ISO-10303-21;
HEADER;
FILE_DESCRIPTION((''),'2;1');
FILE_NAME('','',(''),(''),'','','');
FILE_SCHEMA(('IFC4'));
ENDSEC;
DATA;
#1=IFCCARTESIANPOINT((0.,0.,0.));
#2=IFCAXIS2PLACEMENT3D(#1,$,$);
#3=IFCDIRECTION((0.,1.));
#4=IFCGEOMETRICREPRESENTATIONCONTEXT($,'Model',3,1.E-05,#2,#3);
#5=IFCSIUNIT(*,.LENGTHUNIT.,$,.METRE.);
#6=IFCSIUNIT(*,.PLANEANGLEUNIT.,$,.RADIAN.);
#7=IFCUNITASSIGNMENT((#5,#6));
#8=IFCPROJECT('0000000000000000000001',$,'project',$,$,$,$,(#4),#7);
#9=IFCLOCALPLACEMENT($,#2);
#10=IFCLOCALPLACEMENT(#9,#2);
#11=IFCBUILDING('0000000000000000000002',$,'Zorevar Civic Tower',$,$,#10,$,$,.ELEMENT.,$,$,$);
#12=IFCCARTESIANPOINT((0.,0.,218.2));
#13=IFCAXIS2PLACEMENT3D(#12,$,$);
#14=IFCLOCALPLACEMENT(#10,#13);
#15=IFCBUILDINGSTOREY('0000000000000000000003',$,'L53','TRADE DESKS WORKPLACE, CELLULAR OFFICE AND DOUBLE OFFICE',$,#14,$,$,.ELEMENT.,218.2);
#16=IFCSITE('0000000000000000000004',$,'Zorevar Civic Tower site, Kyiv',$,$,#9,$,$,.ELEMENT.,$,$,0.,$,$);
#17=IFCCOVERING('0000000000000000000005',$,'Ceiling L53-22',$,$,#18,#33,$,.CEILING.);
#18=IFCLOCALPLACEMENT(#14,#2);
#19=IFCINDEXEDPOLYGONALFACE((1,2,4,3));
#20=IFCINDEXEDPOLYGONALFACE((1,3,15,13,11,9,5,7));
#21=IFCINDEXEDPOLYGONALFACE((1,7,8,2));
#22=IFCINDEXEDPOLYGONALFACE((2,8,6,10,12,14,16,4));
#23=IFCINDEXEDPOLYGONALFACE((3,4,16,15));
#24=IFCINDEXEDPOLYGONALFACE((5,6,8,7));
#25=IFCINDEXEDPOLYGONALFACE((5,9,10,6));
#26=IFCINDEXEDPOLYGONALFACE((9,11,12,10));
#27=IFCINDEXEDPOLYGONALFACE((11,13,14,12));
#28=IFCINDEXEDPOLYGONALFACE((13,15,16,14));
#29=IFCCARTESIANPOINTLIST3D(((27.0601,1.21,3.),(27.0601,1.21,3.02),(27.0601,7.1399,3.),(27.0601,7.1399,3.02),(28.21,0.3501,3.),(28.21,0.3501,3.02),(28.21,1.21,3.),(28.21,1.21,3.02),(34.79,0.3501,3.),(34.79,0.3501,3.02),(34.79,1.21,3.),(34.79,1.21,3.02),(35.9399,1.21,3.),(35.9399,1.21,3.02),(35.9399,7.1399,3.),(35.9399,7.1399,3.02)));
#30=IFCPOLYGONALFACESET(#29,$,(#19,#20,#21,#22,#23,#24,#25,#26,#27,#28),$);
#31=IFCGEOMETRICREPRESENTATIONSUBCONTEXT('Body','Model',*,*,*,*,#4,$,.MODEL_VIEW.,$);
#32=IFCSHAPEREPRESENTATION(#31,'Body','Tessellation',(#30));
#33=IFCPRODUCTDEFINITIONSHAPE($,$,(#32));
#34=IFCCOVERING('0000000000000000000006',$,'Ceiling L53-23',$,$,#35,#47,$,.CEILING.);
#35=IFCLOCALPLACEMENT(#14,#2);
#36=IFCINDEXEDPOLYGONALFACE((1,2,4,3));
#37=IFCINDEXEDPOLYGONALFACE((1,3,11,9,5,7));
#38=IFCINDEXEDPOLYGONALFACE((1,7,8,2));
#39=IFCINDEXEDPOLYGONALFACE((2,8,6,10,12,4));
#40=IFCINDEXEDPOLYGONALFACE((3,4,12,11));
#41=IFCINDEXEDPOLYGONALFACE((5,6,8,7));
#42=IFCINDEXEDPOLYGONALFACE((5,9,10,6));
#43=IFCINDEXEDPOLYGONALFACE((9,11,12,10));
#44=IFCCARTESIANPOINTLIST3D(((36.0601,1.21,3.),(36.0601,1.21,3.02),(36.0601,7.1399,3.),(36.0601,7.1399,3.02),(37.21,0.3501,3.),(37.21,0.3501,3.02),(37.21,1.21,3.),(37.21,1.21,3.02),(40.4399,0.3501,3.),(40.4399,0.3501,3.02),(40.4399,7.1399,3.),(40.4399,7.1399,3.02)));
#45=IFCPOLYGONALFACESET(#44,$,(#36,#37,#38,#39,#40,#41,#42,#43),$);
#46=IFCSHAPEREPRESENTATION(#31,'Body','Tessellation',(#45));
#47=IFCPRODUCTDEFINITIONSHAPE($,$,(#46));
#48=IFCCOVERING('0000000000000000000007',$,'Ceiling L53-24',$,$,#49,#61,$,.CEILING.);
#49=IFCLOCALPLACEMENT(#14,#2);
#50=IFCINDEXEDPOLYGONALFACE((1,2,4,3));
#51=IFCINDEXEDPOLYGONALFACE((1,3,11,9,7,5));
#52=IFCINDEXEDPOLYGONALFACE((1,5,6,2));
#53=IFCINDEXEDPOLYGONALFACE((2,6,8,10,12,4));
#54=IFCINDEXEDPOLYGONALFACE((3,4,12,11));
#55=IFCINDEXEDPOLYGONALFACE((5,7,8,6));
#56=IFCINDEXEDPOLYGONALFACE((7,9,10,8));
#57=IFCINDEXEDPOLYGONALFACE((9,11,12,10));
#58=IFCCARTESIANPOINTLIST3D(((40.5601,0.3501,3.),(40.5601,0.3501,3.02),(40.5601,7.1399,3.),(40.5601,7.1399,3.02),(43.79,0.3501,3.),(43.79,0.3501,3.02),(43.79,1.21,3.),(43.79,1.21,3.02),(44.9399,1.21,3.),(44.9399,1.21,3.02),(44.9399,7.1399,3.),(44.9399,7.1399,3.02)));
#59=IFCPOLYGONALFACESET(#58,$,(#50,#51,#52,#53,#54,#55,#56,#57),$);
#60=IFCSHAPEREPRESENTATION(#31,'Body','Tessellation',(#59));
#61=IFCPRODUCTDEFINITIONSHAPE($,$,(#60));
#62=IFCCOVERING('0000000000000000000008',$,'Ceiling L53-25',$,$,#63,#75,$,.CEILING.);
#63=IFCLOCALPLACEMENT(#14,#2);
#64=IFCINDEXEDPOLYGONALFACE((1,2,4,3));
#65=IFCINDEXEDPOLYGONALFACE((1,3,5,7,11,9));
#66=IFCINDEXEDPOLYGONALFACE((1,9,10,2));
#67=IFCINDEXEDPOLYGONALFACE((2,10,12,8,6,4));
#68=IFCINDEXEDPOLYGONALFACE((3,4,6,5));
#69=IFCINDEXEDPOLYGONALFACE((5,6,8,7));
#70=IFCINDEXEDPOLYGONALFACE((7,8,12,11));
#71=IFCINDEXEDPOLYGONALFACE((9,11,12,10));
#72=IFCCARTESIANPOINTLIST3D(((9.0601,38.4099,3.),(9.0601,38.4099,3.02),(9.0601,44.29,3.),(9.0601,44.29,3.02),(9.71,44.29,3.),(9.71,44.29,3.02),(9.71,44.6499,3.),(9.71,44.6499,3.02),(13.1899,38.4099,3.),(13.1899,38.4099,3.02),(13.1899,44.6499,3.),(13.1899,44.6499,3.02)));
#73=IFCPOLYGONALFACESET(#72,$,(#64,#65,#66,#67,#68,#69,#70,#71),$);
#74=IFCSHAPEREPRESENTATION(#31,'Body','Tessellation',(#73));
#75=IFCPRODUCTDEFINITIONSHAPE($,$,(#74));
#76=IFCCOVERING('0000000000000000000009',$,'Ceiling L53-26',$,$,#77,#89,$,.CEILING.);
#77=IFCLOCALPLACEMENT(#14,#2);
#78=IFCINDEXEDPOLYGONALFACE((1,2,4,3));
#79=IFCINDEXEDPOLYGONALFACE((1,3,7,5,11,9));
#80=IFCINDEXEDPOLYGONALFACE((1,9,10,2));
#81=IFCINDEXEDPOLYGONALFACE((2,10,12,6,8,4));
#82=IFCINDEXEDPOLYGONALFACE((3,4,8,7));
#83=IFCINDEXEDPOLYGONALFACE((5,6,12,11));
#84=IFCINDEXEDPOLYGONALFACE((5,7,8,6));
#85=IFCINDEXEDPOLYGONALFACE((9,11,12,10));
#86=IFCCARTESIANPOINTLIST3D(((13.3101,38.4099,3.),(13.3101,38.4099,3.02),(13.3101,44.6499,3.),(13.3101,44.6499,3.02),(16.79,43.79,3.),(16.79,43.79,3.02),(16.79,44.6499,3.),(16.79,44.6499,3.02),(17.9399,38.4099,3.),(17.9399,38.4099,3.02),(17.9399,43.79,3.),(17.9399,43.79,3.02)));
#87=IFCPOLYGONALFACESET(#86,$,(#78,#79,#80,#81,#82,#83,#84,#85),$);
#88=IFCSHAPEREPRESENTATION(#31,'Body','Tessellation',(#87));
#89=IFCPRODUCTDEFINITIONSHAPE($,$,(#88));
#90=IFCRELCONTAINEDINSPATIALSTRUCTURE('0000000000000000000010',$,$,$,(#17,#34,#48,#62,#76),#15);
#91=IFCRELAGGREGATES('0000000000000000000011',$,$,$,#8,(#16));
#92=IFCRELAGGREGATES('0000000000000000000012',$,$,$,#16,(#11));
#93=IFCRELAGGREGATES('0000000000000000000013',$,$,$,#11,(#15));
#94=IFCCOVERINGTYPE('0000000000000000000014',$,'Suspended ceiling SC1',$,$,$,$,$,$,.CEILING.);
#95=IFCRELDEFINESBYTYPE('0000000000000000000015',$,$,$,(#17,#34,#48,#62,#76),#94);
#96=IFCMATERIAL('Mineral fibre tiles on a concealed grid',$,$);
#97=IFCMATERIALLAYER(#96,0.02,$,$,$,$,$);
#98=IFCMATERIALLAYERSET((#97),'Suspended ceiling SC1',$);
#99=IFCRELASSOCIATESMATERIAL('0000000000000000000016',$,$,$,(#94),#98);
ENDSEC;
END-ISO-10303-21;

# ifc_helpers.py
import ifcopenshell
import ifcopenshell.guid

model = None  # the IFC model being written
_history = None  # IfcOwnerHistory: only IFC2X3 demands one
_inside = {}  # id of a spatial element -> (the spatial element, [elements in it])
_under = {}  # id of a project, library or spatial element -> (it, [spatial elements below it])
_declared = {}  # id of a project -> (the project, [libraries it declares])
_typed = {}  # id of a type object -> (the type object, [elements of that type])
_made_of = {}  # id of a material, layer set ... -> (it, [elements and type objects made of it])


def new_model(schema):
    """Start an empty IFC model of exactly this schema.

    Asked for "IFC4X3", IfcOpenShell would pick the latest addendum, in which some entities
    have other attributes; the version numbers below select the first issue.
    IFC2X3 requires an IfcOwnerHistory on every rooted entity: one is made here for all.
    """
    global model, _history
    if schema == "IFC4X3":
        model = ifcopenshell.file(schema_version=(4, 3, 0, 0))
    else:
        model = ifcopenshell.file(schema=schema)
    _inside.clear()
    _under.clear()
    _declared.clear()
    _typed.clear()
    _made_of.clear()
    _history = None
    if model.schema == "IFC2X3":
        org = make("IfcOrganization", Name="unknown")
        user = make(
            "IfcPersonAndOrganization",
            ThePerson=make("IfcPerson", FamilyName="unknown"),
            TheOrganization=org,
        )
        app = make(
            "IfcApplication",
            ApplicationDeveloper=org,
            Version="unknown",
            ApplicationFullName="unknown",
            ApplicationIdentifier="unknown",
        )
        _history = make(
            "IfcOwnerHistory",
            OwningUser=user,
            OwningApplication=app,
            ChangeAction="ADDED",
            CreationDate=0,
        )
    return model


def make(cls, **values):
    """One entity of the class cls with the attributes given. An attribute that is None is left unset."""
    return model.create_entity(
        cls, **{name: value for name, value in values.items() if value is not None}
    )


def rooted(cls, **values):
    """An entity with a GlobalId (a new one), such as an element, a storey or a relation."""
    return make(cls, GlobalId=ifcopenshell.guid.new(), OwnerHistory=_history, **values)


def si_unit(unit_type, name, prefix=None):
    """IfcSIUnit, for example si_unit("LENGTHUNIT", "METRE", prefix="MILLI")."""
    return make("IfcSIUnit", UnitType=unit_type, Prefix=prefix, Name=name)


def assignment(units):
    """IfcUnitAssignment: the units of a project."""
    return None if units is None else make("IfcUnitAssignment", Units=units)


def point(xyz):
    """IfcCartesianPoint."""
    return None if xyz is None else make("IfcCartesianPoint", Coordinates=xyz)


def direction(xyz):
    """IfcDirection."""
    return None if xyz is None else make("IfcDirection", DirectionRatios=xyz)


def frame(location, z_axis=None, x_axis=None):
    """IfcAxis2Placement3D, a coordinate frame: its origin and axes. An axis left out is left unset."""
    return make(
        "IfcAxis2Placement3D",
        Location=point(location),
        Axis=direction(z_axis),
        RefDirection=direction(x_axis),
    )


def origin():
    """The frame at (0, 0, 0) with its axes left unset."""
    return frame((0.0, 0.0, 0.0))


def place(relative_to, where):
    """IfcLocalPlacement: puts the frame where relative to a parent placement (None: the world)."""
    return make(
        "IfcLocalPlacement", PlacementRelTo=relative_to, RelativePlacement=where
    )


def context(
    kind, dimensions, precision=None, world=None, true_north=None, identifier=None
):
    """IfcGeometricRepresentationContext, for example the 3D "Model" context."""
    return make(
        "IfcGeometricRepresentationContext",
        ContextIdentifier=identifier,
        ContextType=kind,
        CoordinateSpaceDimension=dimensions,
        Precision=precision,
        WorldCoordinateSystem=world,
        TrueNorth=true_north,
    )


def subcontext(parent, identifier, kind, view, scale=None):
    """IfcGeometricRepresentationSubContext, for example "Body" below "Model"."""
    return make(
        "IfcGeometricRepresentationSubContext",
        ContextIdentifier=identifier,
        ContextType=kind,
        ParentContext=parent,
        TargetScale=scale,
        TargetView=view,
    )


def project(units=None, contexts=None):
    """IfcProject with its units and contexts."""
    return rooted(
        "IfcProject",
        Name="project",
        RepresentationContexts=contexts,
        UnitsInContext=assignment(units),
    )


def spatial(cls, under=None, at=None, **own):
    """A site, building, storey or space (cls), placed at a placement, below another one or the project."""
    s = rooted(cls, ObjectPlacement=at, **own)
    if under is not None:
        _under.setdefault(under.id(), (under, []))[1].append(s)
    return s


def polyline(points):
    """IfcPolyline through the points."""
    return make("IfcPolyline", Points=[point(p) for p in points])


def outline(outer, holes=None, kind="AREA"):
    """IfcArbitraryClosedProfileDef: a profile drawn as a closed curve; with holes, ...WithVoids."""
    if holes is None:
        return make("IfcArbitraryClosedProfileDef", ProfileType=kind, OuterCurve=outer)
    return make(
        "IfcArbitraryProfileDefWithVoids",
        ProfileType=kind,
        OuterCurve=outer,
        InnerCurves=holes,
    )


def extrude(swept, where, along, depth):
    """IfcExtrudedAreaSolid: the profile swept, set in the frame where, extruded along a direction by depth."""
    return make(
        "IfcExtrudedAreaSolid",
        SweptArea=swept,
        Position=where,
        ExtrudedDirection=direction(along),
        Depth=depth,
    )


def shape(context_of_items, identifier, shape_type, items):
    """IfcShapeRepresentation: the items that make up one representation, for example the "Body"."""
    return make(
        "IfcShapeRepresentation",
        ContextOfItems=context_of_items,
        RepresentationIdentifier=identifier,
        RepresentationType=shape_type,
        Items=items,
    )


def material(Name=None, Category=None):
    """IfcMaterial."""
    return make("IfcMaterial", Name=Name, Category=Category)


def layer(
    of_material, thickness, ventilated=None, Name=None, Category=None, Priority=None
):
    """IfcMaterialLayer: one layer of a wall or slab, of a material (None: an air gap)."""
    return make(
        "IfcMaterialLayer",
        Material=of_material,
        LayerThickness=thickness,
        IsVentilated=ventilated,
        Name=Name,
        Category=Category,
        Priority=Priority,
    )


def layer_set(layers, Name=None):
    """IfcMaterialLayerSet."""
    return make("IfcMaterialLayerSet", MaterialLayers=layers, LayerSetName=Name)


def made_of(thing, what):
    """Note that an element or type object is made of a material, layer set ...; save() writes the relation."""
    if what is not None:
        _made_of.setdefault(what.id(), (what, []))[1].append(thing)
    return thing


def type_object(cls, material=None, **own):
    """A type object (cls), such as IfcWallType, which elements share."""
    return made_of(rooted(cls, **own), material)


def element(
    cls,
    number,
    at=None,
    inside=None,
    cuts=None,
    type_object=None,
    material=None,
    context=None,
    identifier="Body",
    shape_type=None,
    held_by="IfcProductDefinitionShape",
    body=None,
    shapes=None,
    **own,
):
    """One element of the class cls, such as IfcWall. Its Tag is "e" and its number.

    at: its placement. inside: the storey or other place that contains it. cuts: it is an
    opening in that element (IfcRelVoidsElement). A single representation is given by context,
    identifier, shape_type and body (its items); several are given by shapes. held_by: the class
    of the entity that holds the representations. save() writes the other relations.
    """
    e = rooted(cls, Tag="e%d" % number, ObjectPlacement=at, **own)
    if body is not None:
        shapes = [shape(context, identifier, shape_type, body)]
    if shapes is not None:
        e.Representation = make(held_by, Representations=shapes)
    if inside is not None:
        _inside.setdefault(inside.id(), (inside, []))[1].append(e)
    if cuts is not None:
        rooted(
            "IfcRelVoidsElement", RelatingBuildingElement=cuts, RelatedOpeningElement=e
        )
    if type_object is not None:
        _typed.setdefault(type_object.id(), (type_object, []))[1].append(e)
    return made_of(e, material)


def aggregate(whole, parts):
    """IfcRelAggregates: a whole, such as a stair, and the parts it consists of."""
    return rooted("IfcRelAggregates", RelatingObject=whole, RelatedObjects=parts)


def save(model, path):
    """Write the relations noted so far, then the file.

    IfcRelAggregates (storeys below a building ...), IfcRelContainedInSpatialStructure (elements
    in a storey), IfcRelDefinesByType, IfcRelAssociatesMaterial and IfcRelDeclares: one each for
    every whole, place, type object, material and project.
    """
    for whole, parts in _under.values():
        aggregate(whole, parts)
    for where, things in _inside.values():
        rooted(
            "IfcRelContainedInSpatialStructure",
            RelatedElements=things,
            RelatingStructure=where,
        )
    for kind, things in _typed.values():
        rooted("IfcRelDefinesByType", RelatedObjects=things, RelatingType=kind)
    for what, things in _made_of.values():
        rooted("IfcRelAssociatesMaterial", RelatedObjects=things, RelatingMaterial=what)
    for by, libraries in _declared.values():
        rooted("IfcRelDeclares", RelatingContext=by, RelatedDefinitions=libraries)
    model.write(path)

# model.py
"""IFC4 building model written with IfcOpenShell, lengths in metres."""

from ifc_helpers import new_model, si_unit, direction, frame, origin, place, context, subcontext, project, spatial, polyline, outline, extrude, material, layer, layer_set, type_object, element, save


model = new_model("IFC4")

# Units and contexts
model_context = context("Model", 3, precision=1e-05, world=origin(), true_north=direction((0.0, 1.0)))
body_context = subcontext(model_context, "Body", "Model", "MODEL_VIEW")
ifc_project = project(units=[si_unit("LENGTHUNIT", "METRE"), si_unit("PLANEANGLEUNIT", "RADIAN")], contexts=[model_context])

# Site, building, storey
site_placement = place(None, origin())
site = spatial("IfcSite", under=ifc_project, at=site_placement, Name="Zorevar Civic Tower site, Kyiv", CompositionType="ELEMENT", RefElevation=0.0)
building_placement = place(site_placement, origin())
building = spatial("IfcBuilding", under=site, at=building_placement, Name="Zorevar Civic Tower", CompositionType="ELEMENT")
storey_placement = place(building_placement, frame((0.0, 0.0, 218.2)))
storey = spatial("IfcBuildingStorey", under=building, at=storey_placement, Name="L53", Description="TRADE DESKS WORKPLACE, CELLULAR OFFICE AND DOUBLE OFFICE", CompositionType="ELEMENT", Elevation=218.2)

# Coverings
ifc_material_1 = material(Name="Mineral fibre tiles on a concealed grid")
ifc_layer_1 = layer(ifc_material_1, 0.02)
ifc_layer_set_1 = layer_set([ifc_layer_1], Name="Suspended ceiling SC1")
covering_type_1 = type_object("IfcCoveringType", Name="Suspended ceiling SC1", PredefinedType="CEILING", material=ifc_layer_set_1)
covering_1_placement = place(storey_placement, frame((0.0, 0.0, 3.0)))
element("IfcCovering", 1, at=covering_1_placement, inside=storey, type_object=covering_type_1, Name="Ceiling L53-22", PredefinedType="CEILING", context=body_context, shape_type="SweptSolid", body=[
    extrude(outline(polyline([(28.21, 0.3501), (28.21, 1.21), (27.0601, 1.21), (27.0601, 7.1399), (35.9399, 7.1399), (35.9399, 1.21), (34.79, 1.21), (34.79, 0.3501), (28.21, 0.3501)])), origin(), (0.0, 0.0, 1.0), 0.02),
])
covering_2_placement = place(storey_placement, frame((0.0, 0.0, 3.0)))
element("IfcCovering", 2, at=covering_2_placement, inside=storey, type_object=covering_type_1, Name="Ceiling L53-23", PredefinedType="CEILING", context=body_context, shape_type="SweptSolid", body=[
    extrude(outline(polyline([(40.4399, 7.1399), (40.4399, 0.3501), (37.21, 0.3501), (37.21, 1.21), (36.0601, 1.21), (36.0601, 7.1399), (40.4399, 7.1399)])), origin(), (0.0, 0.0, 1.0), 0.02),
])
covering_3_placement = place(storey_placement, frame((0.0, 0.0, 3.0)))
element("IfcCovering", 3, at=covering_3_placement, inside=storey, type_object=covering_type_1, Name="Ceiling L53-24", PredefinedType="CEILING", context=body_context, shape_type="SweptSolid", body=[
    extrude(outline(polyline([(44.9399, 7.1399), (44.9399, 1.21), (43.79, 1.21), (43.79, 0.3501), (40.5601, 0.3501), (40.5601, 7.1399), (44.9399, 7.1399)])), origin(), (0.0, 0.0, 1.0), 0.02),
])
covering_4_placement = place(storey_placement, frame((0.0, 0.0, 3.0)))
element("IfcCovering", 4, at=covering_4_placement, inside=storey, type_object=covering_type_1, Name="Ceiling L53-25", PredefinedType="CEILING", context=body_context, shape_type="SweptSolid", body=[
    extrude(outline(polyline([(9.0601, 38.4099), (9.0601, 44.29), (9.71, 44.29), (9.71, 44.6499), (13.1899, 44.6499), (13.1899, 38.4099), (9.0601, 38.4099)])), origin(), (0.0, 0.0, 1.0), 0.02),
])
covering_5_placement = place(storey_placement, frame((0.0, 0.0, 3.0)))
element("IfcCovering", 5, at=covering_5_placement, inside=storey, type_object=covering_type_1, Name="Ceiling L53-26", PredefinedType="CEILING", context=body_context, shape_type="SweptSolid", body=[
    extrude(outline(polyline([(13.3101, 38.4099), (13.3101, 44.6499), (16.79, 44.6499), (16.79, 43.79), (17.9399, 43.79), (17.9399, 38.4099), (13.3101, 38.4099)])), origin(), (0.0, 0.0, 1.0), 0.02),
])

save(model, "model.ifc")
